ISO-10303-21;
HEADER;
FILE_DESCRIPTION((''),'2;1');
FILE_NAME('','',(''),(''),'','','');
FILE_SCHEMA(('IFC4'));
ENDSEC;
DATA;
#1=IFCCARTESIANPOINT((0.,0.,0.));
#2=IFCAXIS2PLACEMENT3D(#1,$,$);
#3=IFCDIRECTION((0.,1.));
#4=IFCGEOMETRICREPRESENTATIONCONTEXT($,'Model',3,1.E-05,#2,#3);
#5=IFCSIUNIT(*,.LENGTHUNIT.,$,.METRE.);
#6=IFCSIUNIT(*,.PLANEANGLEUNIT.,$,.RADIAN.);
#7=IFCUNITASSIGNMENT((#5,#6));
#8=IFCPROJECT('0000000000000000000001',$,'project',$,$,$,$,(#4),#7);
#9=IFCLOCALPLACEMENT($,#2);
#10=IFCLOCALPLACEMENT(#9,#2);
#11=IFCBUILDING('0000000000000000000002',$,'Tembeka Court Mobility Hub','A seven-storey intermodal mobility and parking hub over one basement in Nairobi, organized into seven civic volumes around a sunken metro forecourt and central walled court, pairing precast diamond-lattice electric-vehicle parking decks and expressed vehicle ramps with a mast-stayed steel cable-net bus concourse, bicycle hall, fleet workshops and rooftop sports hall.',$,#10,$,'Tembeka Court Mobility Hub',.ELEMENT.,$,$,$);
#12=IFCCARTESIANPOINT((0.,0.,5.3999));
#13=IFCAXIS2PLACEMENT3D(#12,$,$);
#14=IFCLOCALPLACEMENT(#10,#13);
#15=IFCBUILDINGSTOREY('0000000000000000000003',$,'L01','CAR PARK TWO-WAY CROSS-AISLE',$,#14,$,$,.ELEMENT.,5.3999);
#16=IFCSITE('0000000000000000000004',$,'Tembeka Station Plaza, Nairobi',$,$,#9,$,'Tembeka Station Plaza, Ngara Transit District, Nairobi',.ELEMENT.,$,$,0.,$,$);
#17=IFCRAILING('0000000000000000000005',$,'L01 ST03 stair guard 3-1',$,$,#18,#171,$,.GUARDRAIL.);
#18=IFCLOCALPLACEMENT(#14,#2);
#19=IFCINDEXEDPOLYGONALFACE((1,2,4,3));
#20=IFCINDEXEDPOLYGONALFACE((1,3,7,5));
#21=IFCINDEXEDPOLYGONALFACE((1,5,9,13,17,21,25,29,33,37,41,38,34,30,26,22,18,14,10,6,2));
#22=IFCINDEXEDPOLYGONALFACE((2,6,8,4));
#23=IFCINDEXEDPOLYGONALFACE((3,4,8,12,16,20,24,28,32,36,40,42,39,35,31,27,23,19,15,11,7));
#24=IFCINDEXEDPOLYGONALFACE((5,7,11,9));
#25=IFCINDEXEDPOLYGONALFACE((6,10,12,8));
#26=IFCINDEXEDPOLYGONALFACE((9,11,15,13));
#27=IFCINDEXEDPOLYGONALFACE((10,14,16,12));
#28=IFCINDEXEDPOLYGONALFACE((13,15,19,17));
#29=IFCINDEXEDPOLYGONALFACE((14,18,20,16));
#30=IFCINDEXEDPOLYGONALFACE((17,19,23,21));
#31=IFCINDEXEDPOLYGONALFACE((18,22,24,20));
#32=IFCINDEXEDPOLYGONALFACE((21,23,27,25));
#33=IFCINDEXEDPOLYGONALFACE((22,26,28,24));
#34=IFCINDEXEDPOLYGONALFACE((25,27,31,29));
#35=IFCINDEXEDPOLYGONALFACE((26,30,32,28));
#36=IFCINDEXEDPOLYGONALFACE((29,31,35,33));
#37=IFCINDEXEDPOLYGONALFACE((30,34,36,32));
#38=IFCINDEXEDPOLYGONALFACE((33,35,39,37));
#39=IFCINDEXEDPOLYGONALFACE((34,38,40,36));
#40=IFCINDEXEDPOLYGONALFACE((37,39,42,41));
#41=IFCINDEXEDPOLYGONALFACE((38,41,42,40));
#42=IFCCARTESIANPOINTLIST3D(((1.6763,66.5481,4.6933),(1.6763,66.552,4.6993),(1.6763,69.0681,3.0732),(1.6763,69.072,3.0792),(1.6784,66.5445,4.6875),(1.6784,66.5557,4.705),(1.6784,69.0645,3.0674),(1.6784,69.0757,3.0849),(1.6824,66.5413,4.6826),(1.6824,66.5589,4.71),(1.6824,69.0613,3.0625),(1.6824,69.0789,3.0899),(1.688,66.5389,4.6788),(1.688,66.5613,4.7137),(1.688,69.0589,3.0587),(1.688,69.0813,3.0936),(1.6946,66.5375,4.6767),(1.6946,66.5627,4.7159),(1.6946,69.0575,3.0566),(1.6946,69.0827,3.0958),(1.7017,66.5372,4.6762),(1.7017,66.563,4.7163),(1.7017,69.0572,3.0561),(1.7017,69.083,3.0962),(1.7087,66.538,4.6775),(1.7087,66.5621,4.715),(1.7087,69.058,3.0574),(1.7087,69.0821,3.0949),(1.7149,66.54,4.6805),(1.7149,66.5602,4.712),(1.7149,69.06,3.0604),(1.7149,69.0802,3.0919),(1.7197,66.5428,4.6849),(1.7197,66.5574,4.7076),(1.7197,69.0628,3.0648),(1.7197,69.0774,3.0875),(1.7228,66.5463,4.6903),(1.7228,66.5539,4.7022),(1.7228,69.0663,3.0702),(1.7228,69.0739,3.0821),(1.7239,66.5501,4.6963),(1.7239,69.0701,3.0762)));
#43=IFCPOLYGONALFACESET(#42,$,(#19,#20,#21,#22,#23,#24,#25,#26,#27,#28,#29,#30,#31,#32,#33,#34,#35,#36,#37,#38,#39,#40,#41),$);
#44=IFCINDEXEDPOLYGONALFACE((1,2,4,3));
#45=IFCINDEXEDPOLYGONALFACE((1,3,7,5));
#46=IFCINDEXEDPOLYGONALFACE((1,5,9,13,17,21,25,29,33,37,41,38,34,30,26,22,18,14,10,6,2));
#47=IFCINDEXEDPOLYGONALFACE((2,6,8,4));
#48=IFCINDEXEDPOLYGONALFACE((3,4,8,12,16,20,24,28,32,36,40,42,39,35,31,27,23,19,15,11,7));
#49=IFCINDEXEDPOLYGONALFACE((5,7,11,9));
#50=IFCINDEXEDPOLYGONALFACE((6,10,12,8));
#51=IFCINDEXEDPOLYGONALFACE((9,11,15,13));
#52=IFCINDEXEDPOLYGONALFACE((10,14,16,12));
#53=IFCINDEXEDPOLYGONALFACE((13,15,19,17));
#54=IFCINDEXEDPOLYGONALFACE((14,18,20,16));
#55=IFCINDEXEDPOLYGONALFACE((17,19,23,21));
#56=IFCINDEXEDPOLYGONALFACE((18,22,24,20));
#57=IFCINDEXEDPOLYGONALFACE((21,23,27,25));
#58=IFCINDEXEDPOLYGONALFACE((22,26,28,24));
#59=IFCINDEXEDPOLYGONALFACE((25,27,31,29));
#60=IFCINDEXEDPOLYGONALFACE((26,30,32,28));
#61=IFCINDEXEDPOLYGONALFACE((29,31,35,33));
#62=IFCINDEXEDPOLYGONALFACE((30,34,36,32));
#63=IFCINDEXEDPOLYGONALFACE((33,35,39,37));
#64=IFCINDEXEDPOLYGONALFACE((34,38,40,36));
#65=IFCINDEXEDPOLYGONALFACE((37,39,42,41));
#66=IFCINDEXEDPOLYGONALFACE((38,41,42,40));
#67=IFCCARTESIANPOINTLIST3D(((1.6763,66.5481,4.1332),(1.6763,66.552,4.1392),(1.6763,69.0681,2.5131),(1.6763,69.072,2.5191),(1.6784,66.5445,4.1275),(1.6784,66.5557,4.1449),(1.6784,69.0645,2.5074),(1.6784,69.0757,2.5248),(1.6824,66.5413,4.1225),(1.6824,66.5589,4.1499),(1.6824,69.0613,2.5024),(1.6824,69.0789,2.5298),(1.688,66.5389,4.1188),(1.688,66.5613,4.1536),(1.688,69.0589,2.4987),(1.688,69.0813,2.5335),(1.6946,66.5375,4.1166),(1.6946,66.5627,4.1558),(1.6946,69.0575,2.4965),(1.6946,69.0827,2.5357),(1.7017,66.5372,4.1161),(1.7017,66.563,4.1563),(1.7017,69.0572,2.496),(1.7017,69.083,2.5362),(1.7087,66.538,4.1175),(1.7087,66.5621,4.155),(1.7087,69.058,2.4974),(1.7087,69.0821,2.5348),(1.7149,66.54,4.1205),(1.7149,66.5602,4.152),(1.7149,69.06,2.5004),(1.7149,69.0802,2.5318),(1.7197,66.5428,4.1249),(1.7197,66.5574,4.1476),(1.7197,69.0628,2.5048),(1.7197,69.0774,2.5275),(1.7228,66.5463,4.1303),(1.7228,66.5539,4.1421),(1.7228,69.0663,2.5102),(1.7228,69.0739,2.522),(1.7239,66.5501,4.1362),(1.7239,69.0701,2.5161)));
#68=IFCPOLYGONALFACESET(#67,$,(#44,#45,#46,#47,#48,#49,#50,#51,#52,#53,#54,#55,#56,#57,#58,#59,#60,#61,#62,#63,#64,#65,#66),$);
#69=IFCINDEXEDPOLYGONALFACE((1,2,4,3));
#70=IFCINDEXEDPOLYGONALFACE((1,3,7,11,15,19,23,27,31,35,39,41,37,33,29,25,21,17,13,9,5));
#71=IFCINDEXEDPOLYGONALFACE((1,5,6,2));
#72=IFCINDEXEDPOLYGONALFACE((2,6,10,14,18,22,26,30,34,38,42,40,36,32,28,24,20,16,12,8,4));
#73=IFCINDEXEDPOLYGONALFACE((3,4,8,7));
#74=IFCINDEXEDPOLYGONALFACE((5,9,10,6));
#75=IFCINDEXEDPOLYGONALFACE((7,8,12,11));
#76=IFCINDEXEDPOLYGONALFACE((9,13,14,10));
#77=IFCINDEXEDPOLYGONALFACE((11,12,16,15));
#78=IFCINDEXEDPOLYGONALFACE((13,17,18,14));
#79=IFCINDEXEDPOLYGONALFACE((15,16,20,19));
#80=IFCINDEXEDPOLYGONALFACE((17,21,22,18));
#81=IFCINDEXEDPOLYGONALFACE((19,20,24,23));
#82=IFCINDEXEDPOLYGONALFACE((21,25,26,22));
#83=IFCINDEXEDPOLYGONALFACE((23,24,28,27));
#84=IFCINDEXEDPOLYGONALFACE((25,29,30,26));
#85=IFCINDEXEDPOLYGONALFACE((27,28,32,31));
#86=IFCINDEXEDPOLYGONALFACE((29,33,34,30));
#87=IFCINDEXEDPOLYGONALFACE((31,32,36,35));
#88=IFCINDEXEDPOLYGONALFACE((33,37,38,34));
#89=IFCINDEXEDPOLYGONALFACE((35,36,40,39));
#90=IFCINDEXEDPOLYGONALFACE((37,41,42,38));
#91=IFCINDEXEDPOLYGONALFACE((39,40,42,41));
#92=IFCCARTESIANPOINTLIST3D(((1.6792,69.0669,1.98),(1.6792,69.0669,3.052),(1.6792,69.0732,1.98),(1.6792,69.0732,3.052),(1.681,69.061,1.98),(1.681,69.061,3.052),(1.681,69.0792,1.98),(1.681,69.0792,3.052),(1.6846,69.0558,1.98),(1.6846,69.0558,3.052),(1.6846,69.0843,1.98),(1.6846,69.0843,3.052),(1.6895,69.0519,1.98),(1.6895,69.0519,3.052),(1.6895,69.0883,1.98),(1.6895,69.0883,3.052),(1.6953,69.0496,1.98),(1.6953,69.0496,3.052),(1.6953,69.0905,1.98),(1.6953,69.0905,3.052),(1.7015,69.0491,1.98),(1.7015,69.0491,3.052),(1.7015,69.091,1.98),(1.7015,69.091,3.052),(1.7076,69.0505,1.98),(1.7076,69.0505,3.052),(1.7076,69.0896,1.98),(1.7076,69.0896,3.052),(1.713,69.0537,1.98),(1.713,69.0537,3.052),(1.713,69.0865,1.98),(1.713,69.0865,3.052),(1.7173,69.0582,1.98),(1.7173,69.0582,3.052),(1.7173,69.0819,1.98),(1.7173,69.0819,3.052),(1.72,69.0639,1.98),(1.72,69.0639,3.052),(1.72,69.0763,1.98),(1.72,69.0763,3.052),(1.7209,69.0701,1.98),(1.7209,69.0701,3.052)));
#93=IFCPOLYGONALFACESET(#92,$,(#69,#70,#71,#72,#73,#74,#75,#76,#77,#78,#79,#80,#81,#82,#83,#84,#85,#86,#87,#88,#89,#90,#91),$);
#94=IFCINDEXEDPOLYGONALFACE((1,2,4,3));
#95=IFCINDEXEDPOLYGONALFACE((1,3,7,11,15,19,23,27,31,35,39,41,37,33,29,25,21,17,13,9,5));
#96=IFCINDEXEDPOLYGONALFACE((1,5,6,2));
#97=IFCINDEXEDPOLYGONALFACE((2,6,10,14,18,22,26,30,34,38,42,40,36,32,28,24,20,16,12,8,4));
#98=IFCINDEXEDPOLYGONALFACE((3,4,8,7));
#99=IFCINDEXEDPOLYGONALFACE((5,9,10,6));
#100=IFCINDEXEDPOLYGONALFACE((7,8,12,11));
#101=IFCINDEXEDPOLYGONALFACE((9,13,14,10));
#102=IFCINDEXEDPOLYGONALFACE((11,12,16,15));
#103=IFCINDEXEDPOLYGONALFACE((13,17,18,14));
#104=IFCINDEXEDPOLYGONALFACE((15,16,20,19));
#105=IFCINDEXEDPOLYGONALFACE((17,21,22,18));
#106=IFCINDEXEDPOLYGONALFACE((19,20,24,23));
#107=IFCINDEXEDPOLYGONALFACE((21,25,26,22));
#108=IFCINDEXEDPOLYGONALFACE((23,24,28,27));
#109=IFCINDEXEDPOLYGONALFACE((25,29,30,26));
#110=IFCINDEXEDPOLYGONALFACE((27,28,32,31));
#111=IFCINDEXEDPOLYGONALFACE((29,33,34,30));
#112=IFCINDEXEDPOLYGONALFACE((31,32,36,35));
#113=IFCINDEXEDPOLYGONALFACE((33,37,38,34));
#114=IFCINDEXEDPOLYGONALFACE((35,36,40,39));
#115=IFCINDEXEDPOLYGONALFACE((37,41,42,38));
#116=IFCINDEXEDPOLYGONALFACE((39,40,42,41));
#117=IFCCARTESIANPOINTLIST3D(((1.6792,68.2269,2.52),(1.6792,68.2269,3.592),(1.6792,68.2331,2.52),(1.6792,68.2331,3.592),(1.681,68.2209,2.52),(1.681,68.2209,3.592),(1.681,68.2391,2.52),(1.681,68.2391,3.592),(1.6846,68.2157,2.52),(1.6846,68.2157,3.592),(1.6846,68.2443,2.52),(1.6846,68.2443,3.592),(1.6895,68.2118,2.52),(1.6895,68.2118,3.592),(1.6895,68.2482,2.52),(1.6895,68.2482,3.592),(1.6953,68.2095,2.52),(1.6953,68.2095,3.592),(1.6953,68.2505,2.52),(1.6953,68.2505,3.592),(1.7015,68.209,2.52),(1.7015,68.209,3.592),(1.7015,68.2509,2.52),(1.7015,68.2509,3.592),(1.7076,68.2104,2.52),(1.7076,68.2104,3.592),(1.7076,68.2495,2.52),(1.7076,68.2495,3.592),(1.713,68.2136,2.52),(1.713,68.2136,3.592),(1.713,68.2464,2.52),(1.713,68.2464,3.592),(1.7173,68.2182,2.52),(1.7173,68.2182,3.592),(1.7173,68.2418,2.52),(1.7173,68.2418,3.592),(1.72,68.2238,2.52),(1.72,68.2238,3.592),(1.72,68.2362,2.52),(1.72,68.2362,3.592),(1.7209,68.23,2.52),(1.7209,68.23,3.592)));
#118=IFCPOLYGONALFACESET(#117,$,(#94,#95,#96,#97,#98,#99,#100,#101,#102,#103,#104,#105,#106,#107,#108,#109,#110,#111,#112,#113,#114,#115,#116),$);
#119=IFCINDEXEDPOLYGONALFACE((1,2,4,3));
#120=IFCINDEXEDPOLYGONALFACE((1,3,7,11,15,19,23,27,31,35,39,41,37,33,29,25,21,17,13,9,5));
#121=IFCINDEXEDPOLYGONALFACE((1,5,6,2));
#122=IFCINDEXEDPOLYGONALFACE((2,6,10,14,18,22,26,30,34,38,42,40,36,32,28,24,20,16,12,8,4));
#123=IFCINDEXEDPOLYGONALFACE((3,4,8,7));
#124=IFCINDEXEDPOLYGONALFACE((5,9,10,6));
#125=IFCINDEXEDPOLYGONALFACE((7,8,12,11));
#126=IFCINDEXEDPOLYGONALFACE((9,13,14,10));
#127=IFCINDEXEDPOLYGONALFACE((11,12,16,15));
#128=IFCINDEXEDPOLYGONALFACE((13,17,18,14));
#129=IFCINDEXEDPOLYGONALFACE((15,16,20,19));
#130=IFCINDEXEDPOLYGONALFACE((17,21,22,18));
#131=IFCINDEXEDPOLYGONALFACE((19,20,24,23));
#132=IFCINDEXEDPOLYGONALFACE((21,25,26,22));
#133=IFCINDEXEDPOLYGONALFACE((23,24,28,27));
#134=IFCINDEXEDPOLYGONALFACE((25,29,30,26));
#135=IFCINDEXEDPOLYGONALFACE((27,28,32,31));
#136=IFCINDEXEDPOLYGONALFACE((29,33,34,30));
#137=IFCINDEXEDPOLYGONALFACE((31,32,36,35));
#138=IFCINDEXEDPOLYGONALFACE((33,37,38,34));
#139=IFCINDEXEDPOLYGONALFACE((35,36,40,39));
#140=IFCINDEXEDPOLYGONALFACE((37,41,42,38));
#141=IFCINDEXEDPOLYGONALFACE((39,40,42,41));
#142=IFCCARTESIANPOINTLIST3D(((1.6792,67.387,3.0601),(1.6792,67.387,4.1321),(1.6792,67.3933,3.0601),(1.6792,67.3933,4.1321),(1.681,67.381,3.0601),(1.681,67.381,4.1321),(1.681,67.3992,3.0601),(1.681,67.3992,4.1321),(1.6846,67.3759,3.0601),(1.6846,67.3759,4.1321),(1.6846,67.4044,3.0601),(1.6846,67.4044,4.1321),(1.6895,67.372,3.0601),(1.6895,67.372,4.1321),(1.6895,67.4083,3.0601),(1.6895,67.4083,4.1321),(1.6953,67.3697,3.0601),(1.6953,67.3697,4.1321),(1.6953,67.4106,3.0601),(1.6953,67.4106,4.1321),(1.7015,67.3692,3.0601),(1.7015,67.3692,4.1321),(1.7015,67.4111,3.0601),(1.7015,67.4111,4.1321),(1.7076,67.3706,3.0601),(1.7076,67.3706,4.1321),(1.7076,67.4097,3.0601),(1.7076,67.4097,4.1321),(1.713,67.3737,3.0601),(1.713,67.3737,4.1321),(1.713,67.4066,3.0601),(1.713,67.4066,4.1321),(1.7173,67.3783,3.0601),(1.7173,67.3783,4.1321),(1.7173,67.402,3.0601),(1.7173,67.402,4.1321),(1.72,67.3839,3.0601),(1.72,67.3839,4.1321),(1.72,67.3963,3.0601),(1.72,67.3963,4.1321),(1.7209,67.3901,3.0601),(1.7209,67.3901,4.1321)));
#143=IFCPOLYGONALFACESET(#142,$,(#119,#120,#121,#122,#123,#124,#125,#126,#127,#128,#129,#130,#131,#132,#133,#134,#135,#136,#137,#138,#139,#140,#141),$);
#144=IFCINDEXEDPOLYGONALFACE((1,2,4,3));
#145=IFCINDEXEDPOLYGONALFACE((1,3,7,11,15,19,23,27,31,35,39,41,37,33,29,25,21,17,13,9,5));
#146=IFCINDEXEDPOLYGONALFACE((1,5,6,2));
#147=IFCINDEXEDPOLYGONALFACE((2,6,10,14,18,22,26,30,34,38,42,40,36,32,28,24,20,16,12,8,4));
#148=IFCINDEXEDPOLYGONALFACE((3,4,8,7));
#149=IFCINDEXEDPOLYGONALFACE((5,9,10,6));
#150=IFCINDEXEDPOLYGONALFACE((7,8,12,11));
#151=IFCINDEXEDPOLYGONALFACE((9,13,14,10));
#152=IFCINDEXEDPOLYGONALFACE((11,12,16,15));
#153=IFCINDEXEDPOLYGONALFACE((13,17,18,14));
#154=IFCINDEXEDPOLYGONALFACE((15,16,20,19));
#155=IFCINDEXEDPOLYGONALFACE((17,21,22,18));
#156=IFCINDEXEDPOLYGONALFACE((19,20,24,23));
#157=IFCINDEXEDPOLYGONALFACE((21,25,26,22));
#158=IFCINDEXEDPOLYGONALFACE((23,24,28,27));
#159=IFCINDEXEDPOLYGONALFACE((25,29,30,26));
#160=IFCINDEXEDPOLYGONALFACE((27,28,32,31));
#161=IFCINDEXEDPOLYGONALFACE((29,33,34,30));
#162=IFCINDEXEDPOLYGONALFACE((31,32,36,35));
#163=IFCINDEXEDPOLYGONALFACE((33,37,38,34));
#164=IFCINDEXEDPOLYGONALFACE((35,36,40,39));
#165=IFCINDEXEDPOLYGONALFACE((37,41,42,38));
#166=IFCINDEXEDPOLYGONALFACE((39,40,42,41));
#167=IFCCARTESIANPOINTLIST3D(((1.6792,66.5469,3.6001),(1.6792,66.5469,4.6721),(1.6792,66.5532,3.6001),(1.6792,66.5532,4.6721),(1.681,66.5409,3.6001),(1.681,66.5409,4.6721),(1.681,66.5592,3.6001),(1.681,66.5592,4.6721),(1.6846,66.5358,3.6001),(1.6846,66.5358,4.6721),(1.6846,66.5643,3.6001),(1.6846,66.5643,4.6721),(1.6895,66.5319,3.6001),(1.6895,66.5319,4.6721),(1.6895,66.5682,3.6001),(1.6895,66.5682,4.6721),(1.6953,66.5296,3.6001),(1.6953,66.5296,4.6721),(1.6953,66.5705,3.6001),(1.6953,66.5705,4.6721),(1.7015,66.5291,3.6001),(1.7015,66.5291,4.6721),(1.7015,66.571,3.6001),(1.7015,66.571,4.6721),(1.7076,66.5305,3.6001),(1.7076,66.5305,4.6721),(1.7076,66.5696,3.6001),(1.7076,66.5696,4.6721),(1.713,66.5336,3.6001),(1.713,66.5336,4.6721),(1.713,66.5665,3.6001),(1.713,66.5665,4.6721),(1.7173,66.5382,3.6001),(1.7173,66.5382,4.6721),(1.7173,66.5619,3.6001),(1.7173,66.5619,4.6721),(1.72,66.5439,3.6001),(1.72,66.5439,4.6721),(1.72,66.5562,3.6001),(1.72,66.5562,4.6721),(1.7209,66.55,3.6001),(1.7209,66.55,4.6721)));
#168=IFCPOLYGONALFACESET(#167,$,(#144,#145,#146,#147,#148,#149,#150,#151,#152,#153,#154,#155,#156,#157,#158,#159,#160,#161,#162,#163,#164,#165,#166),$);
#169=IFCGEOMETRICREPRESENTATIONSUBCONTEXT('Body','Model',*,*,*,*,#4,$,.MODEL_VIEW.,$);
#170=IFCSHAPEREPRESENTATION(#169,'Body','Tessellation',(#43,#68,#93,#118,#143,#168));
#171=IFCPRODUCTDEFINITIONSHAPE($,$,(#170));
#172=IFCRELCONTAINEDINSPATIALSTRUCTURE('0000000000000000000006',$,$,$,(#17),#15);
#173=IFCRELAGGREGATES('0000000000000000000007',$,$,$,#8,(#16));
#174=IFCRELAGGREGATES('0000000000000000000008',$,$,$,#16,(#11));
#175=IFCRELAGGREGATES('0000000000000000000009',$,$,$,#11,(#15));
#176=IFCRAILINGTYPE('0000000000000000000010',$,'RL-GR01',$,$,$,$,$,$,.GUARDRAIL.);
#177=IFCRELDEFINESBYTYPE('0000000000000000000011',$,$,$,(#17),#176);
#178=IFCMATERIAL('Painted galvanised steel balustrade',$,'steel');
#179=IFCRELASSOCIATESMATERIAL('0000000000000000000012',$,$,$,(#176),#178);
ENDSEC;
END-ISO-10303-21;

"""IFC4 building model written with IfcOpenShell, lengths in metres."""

from ifc_helpers import new_model, si_unit, direction, frame, origin, origin_2d, place, context, subcontext, project, spatial, circle, extrude, material, type_object, element, save


model = new_model("IFC4")

# Units and contexts
model_context = context("Model", 3, precision=1e-05, world=origin(), true_north=direction((0.0, 1.0)))
body_context = subcontext(model_context, "Body", "Model", "MODEL_VIEW")
ifc_project = project(units=[si_unit("LENGTHUNIT", "METRE"), si_unit("PLANEANGLEUNIT", "RADIAN")], contexts=[model_context])

# Site, building, storey
site_placement = place(None, origin())
site = spatial("IfcSite", under=ifc_project, at=site_placement, Name="Tembeka Station Plaza, Nairobi", LongName="Tembeka Station Plaza, Ngara Transit District, Nairobi", CompositionType="ELEMENT", RefElevation=0.0)
building_placement = place(site_placement, origin())
building = spatial("IfcBuilding", under=site, at=building_placement, Name="Tembeka Court Mobility Hub", Description="A seven-storey intermodal mobility and parking hub over one basement in Nairobi, organized into seven civic volumes around a sunken metro forecourt and central walled court, pairing precast diamond-lattice electric-vehicle parking decks and expressed vehicle ramps with a mast-stayed steel cable-net bus concourse, bicycle hall, fleet workshops and rooftop sports hall.", LongName="Tembeka Court Mobility Hub", CompositionType="ELEMENT")
storey_placement = place(building_placement, frame((0.0, 0.0, 5.3999)))
storey = spatial("IfcBuildingStorey", under=building, at=storey_placement, Name="L01", Description="CAR PARK TWO-WAY CROSS-AISLE", CompositionType="ELEMENT", Elevation=5.3999)

# Railing
ifc_material_1 = material(Name="Painted galvanised steel balustrade", Category="steel")
railing_type_1 = type_object("IfcRailingType", Name="RL-GR01", PredefinedType="GUARDRAIL", material=ifc_material_1)
railing_1_placement = place(storey_placement, frame((1.7, 69.0701, 1.98)))
element("IfcRailing", 1, at=railing_1_placement, inside=storey, type_object=railing_type_1, Name="L01 ST03 stair guard 3-1", PredefinedType="GUARDRAIL", context=body_context, shape_type="SweptSolid", body=[
    extrude(circle(Radius=0.0239, at=origin_2d()), frame((0.0, 0.0, 1.0962), z_axis=(0.0, -0.841163, 0.540782), x_axis=(1.0, 0.0, 0.0)), (0.0, 0.0, 1.0), 2.9958),
    extrude(circle(Radius=0.0239, at=origin_2d()), frame((0.0, 0.0, 0.5361), z_axis=(0.0, -0.841163, 0.540782), x_axis=(1.0, 0.0, 0.0)), (0.0, 0.0, 1.0), 2.9958),
    extrude(circle(Radius=0.021, at=origin_2d()), origin(), (0.0, 0.0, 1.0), 1.072),
    extrude(circle(Radius=0.021, at=origin_2d()), frame((0.0, -0.8401, 0.54)), (0.0, 0.0, 1.0), 1.072),
    extrude(circle(Radius=0.021, at=origin_2d()), frame((0.0, -1.6799, 1.0801)), (0.0, 0.0, 1.0), 1.072),
    extrude(circle(Radius=0.021, at=origin_2d()), frame((0.0, -2.52, 1.6201)), (0.0, 0.0, 1.0), 1.072),
])

save(model, "model.ifc")
